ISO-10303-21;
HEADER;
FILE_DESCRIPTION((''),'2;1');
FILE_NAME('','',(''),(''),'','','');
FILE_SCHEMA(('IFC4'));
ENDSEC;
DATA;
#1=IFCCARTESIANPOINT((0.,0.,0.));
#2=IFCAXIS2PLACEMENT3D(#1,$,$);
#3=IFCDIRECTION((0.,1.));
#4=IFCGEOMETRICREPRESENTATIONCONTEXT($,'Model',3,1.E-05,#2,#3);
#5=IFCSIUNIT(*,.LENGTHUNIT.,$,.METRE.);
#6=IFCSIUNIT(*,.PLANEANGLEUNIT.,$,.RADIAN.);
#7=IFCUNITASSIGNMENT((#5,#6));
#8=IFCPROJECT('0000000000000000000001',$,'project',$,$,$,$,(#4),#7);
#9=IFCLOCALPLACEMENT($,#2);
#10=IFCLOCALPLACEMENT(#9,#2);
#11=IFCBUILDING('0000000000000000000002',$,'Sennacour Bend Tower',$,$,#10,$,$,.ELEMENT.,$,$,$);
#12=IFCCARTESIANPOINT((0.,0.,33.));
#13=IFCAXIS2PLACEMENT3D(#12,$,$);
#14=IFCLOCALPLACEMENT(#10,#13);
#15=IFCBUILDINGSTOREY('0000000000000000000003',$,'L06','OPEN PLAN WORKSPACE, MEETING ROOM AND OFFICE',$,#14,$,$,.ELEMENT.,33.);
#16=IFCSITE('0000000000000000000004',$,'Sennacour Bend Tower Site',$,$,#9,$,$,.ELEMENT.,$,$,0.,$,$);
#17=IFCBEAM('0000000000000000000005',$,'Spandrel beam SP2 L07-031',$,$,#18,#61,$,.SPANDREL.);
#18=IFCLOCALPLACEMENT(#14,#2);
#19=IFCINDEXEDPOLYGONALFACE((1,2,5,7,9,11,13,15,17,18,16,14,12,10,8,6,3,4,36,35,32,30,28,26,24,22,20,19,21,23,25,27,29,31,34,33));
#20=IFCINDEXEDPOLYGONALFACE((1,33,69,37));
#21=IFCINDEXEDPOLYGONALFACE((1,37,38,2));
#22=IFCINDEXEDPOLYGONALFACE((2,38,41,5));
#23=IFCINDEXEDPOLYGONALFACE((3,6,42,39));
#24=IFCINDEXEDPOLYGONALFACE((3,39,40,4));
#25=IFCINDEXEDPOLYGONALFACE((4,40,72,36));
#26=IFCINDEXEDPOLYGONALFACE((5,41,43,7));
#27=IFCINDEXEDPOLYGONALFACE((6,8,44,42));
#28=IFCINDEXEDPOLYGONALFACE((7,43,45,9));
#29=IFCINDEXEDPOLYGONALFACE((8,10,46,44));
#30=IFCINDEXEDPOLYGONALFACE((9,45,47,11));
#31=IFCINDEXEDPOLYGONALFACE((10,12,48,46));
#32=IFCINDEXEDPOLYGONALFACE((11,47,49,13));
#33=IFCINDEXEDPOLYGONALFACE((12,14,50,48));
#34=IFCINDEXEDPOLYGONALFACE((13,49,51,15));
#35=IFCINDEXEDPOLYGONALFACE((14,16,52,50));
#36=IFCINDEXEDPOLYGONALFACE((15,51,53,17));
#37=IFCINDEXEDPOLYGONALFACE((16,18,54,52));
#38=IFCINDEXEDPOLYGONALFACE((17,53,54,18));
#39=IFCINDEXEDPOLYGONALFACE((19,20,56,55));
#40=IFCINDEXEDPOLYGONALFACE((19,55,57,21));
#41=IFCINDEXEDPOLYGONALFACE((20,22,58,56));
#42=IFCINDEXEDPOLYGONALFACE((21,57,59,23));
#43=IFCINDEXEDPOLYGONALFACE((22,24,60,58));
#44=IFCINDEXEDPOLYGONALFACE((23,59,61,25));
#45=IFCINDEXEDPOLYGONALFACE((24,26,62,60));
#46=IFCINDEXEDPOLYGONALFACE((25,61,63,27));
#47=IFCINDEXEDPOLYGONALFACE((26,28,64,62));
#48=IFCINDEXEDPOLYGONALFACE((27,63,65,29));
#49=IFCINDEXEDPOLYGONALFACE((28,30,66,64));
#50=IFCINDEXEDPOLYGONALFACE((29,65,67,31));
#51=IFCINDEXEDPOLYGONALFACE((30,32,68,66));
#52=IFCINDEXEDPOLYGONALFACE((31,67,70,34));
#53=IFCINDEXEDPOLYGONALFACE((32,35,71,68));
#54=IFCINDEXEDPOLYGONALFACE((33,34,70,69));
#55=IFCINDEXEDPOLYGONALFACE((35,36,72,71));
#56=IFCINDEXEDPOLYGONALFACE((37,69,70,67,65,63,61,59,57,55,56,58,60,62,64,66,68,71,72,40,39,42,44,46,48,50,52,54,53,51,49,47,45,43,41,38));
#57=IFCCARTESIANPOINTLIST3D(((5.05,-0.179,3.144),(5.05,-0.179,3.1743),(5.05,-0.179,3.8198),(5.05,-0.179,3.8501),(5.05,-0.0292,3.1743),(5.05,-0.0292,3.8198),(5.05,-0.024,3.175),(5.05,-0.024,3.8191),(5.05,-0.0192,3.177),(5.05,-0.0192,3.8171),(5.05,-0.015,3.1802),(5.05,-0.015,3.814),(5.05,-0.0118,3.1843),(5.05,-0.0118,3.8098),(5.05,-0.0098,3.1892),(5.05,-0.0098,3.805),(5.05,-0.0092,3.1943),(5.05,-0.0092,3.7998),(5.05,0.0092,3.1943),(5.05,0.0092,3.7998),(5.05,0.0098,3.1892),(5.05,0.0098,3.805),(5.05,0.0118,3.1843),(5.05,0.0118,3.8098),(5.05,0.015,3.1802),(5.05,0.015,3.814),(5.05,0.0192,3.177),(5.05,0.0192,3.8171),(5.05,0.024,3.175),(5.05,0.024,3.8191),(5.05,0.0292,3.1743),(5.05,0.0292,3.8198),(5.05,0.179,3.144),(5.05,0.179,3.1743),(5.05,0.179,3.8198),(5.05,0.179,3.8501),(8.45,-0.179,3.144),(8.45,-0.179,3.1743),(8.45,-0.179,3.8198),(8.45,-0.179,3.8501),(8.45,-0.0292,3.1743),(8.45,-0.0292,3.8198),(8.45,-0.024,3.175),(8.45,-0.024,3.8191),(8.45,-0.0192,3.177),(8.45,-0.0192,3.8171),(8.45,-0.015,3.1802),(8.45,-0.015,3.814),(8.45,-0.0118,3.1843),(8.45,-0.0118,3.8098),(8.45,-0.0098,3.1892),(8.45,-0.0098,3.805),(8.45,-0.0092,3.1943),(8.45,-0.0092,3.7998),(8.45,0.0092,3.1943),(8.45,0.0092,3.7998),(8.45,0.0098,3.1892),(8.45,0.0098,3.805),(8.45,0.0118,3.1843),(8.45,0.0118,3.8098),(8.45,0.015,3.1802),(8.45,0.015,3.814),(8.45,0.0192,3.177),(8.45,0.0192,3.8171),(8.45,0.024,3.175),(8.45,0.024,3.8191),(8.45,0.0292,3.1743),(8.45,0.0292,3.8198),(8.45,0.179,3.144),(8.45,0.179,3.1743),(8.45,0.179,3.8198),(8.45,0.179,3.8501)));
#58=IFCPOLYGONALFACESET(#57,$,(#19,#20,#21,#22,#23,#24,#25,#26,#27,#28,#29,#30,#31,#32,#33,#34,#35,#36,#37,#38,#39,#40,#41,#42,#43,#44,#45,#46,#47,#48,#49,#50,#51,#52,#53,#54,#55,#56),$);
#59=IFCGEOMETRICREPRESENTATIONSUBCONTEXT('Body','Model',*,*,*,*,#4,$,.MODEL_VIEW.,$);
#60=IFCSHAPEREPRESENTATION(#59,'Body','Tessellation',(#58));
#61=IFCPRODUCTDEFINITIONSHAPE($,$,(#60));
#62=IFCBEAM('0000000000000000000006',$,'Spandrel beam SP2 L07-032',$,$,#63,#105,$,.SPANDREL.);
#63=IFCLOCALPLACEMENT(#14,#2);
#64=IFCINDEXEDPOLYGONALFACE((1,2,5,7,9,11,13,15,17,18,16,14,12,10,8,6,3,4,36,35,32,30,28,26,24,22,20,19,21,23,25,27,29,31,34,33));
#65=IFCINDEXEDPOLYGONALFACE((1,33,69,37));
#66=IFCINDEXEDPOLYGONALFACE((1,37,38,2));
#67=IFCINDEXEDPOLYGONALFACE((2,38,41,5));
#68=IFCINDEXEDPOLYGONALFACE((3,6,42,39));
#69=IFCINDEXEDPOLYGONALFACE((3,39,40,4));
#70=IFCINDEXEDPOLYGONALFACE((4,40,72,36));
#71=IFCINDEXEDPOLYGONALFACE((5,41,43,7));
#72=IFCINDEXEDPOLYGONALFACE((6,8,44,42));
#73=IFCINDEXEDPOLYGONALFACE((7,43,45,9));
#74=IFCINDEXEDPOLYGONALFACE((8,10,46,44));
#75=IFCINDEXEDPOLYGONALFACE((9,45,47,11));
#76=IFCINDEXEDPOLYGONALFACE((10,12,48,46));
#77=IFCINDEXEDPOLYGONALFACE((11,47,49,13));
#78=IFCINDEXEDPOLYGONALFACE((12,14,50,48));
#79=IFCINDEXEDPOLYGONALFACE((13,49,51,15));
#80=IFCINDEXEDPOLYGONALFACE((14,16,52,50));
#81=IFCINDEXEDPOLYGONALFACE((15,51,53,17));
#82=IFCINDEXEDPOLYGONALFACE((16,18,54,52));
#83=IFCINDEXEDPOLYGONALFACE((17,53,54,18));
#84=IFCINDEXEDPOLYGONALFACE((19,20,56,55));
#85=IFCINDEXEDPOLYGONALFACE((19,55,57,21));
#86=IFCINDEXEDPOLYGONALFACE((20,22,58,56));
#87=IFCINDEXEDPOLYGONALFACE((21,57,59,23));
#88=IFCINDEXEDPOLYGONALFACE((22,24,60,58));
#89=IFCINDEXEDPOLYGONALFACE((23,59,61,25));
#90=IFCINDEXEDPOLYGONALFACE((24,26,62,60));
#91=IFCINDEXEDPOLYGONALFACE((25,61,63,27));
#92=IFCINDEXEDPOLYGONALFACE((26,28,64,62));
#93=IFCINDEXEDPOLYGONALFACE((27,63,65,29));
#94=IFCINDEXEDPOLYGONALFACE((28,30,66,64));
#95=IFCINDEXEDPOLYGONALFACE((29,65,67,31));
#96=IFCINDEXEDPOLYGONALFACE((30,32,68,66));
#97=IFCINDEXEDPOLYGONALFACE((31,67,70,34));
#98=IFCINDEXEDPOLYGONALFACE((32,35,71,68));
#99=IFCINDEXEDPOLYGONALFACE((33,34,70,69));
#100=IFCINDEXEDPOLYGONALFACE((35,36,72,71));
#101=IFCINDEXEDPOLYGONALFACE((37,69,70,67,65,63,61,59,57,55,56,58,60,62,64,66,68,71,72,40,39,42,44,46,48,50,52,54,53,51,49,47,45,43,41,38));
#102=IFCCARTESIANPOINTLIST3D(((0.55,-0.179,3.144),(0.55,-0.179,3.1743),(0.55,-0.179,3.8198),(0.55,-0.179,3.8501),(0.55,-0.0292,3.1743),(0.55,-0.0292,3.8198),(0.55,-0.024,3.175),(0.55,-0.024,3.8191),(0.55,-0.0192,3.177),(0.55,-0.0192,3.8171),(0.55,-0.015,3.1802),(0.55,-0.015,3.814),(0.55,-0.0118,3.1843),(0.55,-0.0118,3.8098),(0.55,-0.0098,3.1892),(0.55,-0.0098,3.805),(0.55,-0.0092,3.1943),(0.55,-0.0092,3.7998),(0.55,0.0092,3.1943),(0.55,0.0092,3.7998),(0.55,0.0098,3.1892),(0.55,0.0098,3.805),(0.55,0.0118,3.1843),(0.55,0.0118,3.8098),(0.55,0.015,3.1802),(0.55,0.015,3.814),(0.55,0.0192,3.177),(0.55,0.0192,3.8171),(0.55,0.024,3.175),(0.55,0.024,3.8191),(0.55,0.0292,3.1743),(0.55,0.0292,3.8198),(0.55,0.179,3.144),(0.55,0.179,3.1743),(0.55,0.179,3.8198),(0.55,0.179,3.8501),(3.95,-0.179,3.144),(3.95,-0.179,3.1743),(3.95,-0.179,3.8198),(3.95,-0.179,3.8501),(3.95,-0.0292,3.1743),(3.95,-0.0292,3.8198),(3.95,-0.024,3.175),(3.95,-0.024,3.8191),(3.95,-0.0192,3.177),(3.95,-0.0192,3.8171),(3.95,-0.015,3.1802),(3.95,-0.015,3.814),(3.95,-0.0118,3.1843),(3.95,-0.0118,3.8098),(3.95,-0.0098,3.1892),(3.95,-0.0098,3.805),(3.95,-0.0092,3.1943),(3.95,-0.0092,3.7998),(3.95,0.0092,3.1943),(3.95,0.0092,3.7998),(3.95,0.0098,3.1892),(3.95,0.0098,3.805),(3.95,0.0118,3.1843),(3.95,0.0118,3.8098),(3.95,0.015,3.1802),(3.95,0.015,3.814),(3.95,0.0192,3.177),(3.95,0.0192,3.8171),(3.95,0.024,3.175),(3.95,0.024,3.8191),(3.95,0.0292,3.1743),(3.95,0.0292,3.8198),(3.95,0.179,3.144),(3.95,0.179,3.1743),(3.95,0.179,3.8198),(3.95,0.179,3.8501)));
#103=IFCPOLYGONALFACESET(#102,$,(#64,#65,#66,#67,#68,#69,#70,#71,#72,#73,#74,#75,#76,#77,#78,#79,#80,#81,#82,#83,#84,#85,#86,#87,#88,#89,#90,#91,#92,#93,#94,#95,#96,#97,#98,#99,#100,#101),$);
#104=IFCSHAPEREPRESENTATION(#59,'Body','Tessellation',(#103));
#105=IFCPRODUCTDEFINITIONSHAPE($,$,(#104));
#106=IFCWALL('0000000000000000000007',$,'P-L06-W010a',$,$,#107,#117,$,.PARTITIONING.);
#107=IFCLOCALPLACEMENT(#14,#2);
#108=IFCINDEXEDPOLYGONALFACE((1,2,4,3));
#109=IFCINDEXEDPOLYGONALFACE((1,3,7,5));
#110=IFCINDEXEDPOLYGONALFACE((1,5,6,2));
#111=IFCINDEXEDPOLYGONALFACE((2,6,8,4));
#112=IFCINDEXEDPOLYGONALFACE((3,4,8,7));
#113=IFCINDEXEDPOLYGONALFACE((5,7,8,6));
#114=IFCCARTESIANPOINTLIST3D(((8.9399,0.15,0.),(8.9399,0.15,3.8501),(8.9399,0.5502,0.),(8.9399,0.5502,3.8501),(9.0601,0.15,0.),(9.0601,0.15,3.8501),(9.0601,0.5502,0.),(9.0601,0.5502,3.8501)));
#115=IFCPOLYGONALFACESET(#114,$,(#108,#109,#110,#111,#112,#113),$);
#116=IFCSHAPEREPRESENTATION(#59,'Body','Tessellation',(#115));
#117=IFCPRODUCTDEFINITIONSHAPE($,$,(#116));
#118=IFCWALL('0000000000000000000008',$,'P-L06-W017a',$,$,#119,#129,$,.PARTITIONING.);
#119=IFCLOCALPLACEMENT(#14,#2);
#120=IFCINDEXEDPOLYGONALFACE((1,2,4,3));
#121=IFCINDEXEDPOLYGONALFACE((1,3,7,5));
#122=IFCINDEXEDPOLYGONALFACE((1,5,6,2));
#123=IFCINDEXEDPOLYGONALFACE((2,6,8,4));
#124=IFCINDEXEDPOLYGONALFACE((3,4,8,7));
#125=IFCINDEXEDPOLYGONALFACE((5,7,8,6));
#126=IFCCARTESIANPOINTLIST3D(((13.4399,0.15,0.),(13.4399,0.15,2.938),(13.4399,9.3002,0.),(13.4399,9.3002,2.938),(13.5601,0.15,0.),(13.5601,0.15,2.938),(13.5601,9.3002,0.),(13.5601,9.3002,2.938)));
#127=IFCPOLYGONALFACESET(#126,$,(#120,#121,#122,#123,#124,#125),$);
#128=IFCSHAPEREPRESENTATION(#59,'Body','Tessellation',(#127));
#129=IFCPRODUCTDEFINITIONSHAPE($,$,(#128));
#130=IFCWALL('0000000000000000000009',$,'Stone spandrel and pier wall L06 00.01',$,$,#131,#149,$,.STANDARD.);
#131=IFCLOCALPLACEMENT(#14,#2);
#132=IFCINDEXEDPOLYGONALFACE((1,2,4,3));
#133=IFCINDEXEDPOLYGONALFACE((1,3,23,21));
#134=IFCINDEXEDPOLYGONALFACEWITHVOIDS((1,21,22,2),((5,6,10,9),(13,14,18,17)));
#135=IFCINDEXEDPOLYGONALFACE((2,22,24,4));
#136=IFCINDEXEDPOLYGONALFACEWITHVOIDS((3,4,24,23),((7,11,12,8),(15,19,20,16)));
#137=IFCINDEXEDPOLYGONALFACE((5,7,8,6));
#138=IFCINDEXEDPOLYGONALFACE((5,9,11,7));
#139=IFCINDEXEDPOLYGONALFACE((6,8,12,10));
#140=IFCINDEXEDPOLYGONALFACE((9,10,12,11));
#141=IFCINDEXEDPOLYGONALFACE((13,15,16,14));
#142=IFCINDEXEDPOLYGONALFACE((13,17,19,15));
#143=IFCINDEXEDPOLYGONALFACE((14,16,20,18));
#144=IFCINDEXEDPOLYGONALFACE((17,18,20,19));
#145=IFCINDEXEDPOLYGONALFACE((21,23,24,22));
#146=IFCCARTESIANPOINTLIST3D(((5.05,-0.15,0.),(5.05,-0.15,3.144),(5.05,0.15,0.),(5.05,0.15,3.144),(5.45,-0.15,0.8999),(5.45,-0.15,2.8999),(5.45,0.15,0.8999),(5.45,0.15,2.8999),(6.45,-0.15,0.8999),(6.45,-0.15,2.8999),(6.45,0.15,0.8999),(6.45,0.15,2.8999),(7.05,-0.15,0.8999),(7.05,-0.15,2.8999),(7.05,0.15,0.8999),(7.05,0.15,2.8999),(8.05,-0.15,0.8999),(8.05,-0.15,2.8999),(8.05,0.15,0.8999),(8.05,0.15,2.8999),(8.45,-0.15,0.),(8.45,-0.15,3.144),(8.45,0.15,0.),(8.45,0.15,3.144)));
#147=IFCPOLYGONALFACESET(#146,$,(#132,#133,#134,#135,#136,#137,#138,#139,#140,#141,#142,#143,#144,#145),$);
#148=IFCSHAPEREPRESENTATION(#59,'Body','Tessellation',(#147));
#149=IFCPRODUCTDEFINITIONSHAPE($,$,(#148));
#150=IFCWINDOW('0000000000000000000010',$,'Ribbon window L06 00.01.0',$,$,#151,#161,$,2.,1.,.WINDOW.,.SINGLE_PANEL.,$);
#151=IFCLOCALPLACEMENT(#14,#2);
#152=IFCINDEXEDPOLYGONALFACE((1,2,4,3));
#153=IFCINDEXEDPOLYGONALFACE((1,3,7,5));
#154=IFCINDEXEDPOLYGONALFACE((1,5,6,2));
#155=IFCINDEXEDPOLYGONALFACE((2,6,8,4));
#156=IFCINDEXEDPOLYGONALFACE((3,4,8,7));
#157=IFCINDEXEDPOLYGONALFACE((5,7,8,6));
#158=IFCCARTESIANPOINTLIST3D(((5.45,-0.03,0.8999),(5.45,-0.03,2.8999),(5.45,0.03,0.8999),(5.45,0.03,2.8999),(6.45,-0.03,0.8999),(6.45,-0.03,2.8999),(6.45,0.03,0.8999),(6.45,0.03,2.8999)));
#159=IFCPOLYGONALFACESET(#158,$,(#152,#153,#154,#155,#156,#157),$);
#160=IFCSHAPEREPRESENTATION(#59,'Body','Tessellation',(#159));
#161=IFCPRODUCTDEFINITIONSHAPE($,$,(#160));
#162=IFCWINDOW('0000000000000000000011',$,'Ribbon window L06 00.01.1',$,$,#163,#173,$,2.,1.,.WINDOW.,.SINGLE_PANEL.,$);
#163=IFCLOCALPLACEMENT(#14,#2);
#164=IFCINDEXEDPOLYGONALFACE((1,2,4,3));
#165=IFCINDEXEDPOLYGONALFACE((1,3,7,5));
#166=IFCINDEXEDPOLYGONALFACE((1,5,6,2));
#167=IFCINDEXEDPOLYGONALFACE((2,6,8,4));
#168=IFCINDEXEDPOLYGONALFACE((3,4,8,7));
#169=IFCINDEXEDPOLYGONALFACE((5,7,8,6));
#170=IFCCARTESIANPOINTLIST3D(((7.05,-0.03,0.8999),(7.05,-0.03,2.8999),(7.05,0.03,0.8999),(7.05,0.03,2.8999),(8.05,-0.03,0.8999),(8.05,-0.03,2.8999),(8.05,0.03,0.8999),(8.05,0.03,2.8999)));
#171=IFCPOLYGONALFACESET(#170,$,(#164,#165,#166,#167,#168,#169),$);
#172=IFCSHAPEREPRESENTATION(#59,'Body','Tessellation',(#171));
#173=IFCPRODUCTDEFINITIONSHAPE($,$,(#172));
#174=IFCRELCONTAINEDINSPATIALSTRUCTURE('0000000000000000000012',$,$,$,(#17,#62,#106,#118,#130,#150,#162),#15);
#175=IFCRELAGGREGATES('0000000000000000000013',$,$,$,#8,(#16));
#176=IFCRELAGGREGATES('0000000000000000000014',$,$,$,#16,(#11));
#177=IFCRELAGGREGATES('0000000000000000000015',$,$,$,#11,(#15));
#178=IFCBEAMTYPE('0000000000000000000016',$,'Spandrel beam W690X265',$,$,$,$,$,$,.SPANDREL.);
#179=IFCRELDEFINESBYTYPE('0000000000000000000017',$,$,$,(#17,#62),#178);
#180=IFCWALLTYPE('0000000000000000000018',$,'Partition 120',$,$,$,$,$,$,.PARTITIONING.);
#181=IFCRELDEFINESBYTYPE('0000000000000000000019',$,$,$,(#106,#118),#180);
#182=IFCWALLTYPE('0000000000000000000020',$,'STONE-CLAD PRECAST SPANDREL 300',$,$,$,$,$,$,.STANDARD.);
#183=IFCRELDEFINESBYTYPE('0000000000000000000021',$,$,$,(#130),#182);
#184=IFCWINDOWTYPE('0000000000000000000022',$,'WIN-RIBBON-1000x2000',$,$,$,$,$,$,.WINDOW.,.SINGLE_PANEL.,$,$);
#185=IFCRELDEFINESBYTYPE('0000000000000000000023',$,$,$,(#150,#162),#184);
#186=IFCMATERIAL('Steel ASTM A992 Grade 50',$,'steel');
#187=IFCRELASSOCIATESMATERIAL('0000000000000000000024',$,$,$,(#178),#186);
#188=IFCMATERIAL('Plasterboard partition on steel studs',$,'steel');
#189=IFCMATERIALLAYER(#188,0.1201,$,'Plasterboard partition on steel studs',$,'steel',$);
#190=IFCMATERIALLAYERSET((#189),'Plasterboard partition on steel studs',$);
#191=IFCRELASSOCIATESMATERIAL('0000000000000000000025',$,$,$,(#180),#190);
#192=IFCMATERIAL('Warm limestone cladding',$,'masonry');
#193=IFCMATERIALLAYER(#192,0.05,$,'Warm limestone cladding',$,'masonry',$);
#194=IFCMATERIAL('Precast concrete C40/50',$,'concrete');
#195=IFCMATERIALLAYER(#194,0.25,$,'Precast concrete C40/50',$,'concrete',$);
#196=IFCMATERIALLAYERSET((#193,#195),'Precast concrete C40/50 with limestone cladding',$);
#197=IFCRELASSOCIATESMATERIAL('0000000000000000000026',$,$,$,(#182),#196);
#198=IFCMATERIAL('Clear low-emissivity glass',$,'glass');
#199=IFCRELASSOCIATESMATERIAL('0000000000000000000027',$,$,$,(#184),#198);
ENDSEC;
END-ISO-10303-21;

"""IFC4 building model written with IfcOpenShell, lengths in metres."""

from ifc_helpers import new_model, si_unit, direction, frame, frame_2d, origin, origin_2d, place, context, subcontext, project, spatial, rectangle, i_section, extrude, material, layer, layer_set, material_profile, profile_set, type_object, element, fill, save


model = new_model("IFC4")

# Units and contexts
model_context = context("Model", 3, precision=1e-05, world=origin(), true_north=direction((0.0, 1.0)))
body_context = subcontext(model_context, "Body", "Model", "MODEL_VIEW")
ifc_project = project(units=[si_unit("LENGTHUNIT", "METRE"), si_unit("PLANEANGLEUNIT", "RADIAN")], contexts=[model_context])

# Site, building, storey
site_placement = place(None, origin())
site = spatial("IfcSite", under=ifc_project, at=site_placement, Name="Sennacour Bend Tower Site", CompositionType="ELEMENT", RefElevation=0.0)
building_placement = place(site_placement, origin())
building = spatial("IfcBuilding", under=site, at=building_placement, Name="Sennacour Bend Tower", CompositionType="ELEMENT")
storey_placement = place(building_placement, frame((0.0, 0.0, 33.0)))
storey = spatial("IfcBuildingStorey", under=building, at=storey_placement, Name="L06", Description="OPEN PLAN WORKSPACE, MEETING ROOM AND OFFICE", CompositionType="ELEMENT", Elevation=33.0)

# Beams
ifc_material_1 = material(Name="Steel ASTM A992 Grade 50", Category="steel")
ifc_material_profile_1 = material_profile(ifc_material_1, i_section(OverallWidth=0.3579, OverallDepth=0.7061, WebThickness=0.0183, FlangeThickness=0.0303, FilletRadius=0.02, at=origin_2d()), Name="Steel ASTM A992 Grade 50", Category="steel")
ifc_profile_set_1 = profile_set([ifc_material_profile_1], Name="Steel ASTM A992 Grade 50")
beam_type_1 = type_object("IfcBeamType", Name="Spandrel beam W690X265", PredefinedType="SPANDREL", material=ifc_profile_set_1)
for number, where, z_axis, x_axis, name in (
    (1, (8.45, 0.0, 3.4971), (-1.0, 0.0, 0.0), (0.0, -1.0, 0.0), "Spandrel beam SP2 L07-031"),
    (2, (3.95, 0.0, 3.4971), (-1.0, 0.0, 0.0), (0.0, -1.0, 0.0), "Spandrel beam SP2 L07-032"),
):
    element("IfcBeam", number, at=place(storey_placement, frame(where, z_axis=z_axis, x_axis=x_axis)), inside=storey, type_object=beam_type_1, Name=name, PredefinedType="SPANDREL", context=body_context, shape_type="SweptSolid", body=[
        extrude(i_section(OverallWidth=0.3579, OverallDepth=0.7061, WebThickness=0.0183, FlangeThickness=0.0303, FilletRadius=0.02, at=origin_2d()), origin(), (0.0, 0.0, 1.0), 3.3999),
    ])

# Walls
ifc_material_2 = material(Name="Plasterboard partition on steel studs", Category="steel")
ifc_layer_1 = layer(ifc_material_2, 0.1201, Name="Plasterboard partition on steel studs", Category="steel")
ifc_layer_set_1 = layer_set([ifc_layer_1], Name="Plasterboard partition on steel studs")
wall_type_1 = type_object("IfcWallType", Name="Partition 120", PredefinedType="PARTITIONING", material=ifc_layer_set_1)
wall_1_placement = place(storey_placement, frame((9.0, 0.1499, 0.0), z_axis=(0.0, 0.0, 1.0), x_axis=(0.0, 1.0, 0.0)))
element("IfcWall", 3, at=wall_1_placement, inside=storey, type_object=wall_type_1, Name="P-L06-W010a", PredefinedType="PARTITIONING", context=body_context, shape_type="SweptSolid", body=[
    extrude(rectangle(XDim=0.4001, YDim=0.1201, at=frame_2d((0.2002, 0.0))), origin(), (0.0, 0.0, 1.0), 3.8501),
])
wall_2_placement = place(storey_placement, frame((13.5, 0.1499, 0.0), z_axis=(0.0, 0.0, 1.0), x_axis=(0.0, 1.0, 0.0)))
element("IfcWall", 4, at=wall_2_placement, inside=storey, type_object=wall_type_1, Name="P-L06-W017a", PredefinedType="PARTITIONING", context=body_context, shape_type="SweptSolid", body=[
    extrude(rectangle(XDim=9.1501, YDim=0.1201, at=frame_2d((4.5752, 0.0))), origin(), (0.0, 0.0, 1.0), 2.938),
])

# Wall, openings, windows
ifc_material_3 = material(Name="Warm limestone cladding", Category="masonry")
ifc_layer_2 = layer(ifc_material_3, 0.05, Name="Warm limestone cladding", Category="masonry")
ifc_material_4 = material(Name="Precast concrete C40/50", Category="concrete")
ifc_layer_3 = layer(ifc_material_4, 0.25, Name="Precast concrete C40/50", Category="concrete")
ifc_layer_set_2 = layer_set([ifc_layer_2, ifc_layer_3], Name="Precast concrete C40/50 with limestone cladding")
wall_type_2 = type_object("IfcWallType", Name="STONE-CLAD PRECAST SPANDREL 300", PredefinedType="STANDARD", material=ifc_layer_set_2)
wall_3_placement = place(storey_placement, frame((5.05, 0.0, 0.0), z_axis=(0.0, 0.0, 1.0), x_axis=(1.0, 0.0, 0.0)))
wall_3 = element("IfcWall", 5, at=wall_3_placement, inside=storey, type_object=wall_type_2, Name="Stone spandrel and pier wall L06 00.01", PredefinedType="STANDARD", context=body_context, shape_type="SweptSolid", body=[
    extrude(rectangle(XDim=3.3999, YDim=0.3, at=frame_2d((1.7, 0.0))), origin(), (0.0, 0.0, 1.0), 3.144),
])
opening_1_placement = place(wall_3_placement, frame((0.3999, 0.0, 0.8999)))
opening_1 = element("IfcOpeningElement", 6, at=opening_1_placement, cuts=wall_3, PredefinedType="OPENING", context=body_context, shape_type="SweptSolid", body=[
    extrude(rectangle(XDim=1.0, YDim=2.0, at=frame_2d((0.5, 1.0))), frame((0.0, 0.1602, 0.0), z_axis=(0.0, -1.0, 0.0), x_axis=(1.0, 0.0, 0.0)), (0.0, 0.0, 1.0), 0.3201),
])
opening_2_placement = place(wall_3_placement, frame((2.0, 0.0, 0.8999)))
opening_2 = element("IfcOpeningElement", 7, at=opening_2_placement, cuts=wall_3, PredefinedType="OPENING", context=body_context, shape_type="SweptSolid", body=[
    extrude(rectangle(XDim=1.0, YDim=2.0, at=frame_2d((0.5, 1.0))), frame((0.0, 0.1602, 0.0), z_axis=(0.0, -1.0, 0.0), x_axis=(1.0, 0.0, 0.0)), (0.0, 0.0, 1.0), 0.3201),
])
ifc_material_5 = material(Name="Clear low-emissivity glass", Category="glass")
window_type = type_object("IfcWindowType", Name="WIN-RIBBON-1000x2000", PartitioningType="SINGLE_PANEL", PredefinedType="WINDOW", material=ifc_material_5)
window_1_placement = place(opening_1_placement, origin())
window_1 = element("IfcWindow", 8, at=window_1_placement, inside=storey, type_object=window_type, Name="Ribbon window L06 00.01.0", OverallHeight=2.0, OverallWidth=1.0, PartitioningType="SINGLE_PANEL", PredefinedType="WINDOW", context=body_context, shape_type="SweptSolid", body=[
    extrude(rectangle(XDim=1.0, YDim=2.0, at=frame_2d((0.5, 1.0))), frame((0.0, 0.03, 0.0), z_axis=(0.0, -1.0, 0.0), x_axis=(1.0, 0.0, 0.0)), (0.0, 0.0, 1.0), 0.0601),
])
fill(opening_1, window_1)
window_2_placement = place(opening_2_placement, origin())
window_2 = element("IfcWindow", 9, at=window_2_placement, inside=storey, type_object=window_type, Name="Ribbon window L06 00.01.1", OverallHeight=2.0, OverallWidth=1.0, PartitioningType="SINGLE_PANEL", PredefinedType="WINDOW", context=body_context, shape_type="SweptSolid", body=[
    extrude(rectangle(XDim=1.0, YDim=2.0, at=frame_2d((0.5, 1.0))), frame((0.0, 0.03, 0.0), z_axis=(0.0, -1.0, 0.0), x_axis=(1.0, 0.0, 0.0)), (0.0, 0.0, 1.0), 0.0601),
])
fill(opening_2, window_2)

save(model, "model.ifc")
